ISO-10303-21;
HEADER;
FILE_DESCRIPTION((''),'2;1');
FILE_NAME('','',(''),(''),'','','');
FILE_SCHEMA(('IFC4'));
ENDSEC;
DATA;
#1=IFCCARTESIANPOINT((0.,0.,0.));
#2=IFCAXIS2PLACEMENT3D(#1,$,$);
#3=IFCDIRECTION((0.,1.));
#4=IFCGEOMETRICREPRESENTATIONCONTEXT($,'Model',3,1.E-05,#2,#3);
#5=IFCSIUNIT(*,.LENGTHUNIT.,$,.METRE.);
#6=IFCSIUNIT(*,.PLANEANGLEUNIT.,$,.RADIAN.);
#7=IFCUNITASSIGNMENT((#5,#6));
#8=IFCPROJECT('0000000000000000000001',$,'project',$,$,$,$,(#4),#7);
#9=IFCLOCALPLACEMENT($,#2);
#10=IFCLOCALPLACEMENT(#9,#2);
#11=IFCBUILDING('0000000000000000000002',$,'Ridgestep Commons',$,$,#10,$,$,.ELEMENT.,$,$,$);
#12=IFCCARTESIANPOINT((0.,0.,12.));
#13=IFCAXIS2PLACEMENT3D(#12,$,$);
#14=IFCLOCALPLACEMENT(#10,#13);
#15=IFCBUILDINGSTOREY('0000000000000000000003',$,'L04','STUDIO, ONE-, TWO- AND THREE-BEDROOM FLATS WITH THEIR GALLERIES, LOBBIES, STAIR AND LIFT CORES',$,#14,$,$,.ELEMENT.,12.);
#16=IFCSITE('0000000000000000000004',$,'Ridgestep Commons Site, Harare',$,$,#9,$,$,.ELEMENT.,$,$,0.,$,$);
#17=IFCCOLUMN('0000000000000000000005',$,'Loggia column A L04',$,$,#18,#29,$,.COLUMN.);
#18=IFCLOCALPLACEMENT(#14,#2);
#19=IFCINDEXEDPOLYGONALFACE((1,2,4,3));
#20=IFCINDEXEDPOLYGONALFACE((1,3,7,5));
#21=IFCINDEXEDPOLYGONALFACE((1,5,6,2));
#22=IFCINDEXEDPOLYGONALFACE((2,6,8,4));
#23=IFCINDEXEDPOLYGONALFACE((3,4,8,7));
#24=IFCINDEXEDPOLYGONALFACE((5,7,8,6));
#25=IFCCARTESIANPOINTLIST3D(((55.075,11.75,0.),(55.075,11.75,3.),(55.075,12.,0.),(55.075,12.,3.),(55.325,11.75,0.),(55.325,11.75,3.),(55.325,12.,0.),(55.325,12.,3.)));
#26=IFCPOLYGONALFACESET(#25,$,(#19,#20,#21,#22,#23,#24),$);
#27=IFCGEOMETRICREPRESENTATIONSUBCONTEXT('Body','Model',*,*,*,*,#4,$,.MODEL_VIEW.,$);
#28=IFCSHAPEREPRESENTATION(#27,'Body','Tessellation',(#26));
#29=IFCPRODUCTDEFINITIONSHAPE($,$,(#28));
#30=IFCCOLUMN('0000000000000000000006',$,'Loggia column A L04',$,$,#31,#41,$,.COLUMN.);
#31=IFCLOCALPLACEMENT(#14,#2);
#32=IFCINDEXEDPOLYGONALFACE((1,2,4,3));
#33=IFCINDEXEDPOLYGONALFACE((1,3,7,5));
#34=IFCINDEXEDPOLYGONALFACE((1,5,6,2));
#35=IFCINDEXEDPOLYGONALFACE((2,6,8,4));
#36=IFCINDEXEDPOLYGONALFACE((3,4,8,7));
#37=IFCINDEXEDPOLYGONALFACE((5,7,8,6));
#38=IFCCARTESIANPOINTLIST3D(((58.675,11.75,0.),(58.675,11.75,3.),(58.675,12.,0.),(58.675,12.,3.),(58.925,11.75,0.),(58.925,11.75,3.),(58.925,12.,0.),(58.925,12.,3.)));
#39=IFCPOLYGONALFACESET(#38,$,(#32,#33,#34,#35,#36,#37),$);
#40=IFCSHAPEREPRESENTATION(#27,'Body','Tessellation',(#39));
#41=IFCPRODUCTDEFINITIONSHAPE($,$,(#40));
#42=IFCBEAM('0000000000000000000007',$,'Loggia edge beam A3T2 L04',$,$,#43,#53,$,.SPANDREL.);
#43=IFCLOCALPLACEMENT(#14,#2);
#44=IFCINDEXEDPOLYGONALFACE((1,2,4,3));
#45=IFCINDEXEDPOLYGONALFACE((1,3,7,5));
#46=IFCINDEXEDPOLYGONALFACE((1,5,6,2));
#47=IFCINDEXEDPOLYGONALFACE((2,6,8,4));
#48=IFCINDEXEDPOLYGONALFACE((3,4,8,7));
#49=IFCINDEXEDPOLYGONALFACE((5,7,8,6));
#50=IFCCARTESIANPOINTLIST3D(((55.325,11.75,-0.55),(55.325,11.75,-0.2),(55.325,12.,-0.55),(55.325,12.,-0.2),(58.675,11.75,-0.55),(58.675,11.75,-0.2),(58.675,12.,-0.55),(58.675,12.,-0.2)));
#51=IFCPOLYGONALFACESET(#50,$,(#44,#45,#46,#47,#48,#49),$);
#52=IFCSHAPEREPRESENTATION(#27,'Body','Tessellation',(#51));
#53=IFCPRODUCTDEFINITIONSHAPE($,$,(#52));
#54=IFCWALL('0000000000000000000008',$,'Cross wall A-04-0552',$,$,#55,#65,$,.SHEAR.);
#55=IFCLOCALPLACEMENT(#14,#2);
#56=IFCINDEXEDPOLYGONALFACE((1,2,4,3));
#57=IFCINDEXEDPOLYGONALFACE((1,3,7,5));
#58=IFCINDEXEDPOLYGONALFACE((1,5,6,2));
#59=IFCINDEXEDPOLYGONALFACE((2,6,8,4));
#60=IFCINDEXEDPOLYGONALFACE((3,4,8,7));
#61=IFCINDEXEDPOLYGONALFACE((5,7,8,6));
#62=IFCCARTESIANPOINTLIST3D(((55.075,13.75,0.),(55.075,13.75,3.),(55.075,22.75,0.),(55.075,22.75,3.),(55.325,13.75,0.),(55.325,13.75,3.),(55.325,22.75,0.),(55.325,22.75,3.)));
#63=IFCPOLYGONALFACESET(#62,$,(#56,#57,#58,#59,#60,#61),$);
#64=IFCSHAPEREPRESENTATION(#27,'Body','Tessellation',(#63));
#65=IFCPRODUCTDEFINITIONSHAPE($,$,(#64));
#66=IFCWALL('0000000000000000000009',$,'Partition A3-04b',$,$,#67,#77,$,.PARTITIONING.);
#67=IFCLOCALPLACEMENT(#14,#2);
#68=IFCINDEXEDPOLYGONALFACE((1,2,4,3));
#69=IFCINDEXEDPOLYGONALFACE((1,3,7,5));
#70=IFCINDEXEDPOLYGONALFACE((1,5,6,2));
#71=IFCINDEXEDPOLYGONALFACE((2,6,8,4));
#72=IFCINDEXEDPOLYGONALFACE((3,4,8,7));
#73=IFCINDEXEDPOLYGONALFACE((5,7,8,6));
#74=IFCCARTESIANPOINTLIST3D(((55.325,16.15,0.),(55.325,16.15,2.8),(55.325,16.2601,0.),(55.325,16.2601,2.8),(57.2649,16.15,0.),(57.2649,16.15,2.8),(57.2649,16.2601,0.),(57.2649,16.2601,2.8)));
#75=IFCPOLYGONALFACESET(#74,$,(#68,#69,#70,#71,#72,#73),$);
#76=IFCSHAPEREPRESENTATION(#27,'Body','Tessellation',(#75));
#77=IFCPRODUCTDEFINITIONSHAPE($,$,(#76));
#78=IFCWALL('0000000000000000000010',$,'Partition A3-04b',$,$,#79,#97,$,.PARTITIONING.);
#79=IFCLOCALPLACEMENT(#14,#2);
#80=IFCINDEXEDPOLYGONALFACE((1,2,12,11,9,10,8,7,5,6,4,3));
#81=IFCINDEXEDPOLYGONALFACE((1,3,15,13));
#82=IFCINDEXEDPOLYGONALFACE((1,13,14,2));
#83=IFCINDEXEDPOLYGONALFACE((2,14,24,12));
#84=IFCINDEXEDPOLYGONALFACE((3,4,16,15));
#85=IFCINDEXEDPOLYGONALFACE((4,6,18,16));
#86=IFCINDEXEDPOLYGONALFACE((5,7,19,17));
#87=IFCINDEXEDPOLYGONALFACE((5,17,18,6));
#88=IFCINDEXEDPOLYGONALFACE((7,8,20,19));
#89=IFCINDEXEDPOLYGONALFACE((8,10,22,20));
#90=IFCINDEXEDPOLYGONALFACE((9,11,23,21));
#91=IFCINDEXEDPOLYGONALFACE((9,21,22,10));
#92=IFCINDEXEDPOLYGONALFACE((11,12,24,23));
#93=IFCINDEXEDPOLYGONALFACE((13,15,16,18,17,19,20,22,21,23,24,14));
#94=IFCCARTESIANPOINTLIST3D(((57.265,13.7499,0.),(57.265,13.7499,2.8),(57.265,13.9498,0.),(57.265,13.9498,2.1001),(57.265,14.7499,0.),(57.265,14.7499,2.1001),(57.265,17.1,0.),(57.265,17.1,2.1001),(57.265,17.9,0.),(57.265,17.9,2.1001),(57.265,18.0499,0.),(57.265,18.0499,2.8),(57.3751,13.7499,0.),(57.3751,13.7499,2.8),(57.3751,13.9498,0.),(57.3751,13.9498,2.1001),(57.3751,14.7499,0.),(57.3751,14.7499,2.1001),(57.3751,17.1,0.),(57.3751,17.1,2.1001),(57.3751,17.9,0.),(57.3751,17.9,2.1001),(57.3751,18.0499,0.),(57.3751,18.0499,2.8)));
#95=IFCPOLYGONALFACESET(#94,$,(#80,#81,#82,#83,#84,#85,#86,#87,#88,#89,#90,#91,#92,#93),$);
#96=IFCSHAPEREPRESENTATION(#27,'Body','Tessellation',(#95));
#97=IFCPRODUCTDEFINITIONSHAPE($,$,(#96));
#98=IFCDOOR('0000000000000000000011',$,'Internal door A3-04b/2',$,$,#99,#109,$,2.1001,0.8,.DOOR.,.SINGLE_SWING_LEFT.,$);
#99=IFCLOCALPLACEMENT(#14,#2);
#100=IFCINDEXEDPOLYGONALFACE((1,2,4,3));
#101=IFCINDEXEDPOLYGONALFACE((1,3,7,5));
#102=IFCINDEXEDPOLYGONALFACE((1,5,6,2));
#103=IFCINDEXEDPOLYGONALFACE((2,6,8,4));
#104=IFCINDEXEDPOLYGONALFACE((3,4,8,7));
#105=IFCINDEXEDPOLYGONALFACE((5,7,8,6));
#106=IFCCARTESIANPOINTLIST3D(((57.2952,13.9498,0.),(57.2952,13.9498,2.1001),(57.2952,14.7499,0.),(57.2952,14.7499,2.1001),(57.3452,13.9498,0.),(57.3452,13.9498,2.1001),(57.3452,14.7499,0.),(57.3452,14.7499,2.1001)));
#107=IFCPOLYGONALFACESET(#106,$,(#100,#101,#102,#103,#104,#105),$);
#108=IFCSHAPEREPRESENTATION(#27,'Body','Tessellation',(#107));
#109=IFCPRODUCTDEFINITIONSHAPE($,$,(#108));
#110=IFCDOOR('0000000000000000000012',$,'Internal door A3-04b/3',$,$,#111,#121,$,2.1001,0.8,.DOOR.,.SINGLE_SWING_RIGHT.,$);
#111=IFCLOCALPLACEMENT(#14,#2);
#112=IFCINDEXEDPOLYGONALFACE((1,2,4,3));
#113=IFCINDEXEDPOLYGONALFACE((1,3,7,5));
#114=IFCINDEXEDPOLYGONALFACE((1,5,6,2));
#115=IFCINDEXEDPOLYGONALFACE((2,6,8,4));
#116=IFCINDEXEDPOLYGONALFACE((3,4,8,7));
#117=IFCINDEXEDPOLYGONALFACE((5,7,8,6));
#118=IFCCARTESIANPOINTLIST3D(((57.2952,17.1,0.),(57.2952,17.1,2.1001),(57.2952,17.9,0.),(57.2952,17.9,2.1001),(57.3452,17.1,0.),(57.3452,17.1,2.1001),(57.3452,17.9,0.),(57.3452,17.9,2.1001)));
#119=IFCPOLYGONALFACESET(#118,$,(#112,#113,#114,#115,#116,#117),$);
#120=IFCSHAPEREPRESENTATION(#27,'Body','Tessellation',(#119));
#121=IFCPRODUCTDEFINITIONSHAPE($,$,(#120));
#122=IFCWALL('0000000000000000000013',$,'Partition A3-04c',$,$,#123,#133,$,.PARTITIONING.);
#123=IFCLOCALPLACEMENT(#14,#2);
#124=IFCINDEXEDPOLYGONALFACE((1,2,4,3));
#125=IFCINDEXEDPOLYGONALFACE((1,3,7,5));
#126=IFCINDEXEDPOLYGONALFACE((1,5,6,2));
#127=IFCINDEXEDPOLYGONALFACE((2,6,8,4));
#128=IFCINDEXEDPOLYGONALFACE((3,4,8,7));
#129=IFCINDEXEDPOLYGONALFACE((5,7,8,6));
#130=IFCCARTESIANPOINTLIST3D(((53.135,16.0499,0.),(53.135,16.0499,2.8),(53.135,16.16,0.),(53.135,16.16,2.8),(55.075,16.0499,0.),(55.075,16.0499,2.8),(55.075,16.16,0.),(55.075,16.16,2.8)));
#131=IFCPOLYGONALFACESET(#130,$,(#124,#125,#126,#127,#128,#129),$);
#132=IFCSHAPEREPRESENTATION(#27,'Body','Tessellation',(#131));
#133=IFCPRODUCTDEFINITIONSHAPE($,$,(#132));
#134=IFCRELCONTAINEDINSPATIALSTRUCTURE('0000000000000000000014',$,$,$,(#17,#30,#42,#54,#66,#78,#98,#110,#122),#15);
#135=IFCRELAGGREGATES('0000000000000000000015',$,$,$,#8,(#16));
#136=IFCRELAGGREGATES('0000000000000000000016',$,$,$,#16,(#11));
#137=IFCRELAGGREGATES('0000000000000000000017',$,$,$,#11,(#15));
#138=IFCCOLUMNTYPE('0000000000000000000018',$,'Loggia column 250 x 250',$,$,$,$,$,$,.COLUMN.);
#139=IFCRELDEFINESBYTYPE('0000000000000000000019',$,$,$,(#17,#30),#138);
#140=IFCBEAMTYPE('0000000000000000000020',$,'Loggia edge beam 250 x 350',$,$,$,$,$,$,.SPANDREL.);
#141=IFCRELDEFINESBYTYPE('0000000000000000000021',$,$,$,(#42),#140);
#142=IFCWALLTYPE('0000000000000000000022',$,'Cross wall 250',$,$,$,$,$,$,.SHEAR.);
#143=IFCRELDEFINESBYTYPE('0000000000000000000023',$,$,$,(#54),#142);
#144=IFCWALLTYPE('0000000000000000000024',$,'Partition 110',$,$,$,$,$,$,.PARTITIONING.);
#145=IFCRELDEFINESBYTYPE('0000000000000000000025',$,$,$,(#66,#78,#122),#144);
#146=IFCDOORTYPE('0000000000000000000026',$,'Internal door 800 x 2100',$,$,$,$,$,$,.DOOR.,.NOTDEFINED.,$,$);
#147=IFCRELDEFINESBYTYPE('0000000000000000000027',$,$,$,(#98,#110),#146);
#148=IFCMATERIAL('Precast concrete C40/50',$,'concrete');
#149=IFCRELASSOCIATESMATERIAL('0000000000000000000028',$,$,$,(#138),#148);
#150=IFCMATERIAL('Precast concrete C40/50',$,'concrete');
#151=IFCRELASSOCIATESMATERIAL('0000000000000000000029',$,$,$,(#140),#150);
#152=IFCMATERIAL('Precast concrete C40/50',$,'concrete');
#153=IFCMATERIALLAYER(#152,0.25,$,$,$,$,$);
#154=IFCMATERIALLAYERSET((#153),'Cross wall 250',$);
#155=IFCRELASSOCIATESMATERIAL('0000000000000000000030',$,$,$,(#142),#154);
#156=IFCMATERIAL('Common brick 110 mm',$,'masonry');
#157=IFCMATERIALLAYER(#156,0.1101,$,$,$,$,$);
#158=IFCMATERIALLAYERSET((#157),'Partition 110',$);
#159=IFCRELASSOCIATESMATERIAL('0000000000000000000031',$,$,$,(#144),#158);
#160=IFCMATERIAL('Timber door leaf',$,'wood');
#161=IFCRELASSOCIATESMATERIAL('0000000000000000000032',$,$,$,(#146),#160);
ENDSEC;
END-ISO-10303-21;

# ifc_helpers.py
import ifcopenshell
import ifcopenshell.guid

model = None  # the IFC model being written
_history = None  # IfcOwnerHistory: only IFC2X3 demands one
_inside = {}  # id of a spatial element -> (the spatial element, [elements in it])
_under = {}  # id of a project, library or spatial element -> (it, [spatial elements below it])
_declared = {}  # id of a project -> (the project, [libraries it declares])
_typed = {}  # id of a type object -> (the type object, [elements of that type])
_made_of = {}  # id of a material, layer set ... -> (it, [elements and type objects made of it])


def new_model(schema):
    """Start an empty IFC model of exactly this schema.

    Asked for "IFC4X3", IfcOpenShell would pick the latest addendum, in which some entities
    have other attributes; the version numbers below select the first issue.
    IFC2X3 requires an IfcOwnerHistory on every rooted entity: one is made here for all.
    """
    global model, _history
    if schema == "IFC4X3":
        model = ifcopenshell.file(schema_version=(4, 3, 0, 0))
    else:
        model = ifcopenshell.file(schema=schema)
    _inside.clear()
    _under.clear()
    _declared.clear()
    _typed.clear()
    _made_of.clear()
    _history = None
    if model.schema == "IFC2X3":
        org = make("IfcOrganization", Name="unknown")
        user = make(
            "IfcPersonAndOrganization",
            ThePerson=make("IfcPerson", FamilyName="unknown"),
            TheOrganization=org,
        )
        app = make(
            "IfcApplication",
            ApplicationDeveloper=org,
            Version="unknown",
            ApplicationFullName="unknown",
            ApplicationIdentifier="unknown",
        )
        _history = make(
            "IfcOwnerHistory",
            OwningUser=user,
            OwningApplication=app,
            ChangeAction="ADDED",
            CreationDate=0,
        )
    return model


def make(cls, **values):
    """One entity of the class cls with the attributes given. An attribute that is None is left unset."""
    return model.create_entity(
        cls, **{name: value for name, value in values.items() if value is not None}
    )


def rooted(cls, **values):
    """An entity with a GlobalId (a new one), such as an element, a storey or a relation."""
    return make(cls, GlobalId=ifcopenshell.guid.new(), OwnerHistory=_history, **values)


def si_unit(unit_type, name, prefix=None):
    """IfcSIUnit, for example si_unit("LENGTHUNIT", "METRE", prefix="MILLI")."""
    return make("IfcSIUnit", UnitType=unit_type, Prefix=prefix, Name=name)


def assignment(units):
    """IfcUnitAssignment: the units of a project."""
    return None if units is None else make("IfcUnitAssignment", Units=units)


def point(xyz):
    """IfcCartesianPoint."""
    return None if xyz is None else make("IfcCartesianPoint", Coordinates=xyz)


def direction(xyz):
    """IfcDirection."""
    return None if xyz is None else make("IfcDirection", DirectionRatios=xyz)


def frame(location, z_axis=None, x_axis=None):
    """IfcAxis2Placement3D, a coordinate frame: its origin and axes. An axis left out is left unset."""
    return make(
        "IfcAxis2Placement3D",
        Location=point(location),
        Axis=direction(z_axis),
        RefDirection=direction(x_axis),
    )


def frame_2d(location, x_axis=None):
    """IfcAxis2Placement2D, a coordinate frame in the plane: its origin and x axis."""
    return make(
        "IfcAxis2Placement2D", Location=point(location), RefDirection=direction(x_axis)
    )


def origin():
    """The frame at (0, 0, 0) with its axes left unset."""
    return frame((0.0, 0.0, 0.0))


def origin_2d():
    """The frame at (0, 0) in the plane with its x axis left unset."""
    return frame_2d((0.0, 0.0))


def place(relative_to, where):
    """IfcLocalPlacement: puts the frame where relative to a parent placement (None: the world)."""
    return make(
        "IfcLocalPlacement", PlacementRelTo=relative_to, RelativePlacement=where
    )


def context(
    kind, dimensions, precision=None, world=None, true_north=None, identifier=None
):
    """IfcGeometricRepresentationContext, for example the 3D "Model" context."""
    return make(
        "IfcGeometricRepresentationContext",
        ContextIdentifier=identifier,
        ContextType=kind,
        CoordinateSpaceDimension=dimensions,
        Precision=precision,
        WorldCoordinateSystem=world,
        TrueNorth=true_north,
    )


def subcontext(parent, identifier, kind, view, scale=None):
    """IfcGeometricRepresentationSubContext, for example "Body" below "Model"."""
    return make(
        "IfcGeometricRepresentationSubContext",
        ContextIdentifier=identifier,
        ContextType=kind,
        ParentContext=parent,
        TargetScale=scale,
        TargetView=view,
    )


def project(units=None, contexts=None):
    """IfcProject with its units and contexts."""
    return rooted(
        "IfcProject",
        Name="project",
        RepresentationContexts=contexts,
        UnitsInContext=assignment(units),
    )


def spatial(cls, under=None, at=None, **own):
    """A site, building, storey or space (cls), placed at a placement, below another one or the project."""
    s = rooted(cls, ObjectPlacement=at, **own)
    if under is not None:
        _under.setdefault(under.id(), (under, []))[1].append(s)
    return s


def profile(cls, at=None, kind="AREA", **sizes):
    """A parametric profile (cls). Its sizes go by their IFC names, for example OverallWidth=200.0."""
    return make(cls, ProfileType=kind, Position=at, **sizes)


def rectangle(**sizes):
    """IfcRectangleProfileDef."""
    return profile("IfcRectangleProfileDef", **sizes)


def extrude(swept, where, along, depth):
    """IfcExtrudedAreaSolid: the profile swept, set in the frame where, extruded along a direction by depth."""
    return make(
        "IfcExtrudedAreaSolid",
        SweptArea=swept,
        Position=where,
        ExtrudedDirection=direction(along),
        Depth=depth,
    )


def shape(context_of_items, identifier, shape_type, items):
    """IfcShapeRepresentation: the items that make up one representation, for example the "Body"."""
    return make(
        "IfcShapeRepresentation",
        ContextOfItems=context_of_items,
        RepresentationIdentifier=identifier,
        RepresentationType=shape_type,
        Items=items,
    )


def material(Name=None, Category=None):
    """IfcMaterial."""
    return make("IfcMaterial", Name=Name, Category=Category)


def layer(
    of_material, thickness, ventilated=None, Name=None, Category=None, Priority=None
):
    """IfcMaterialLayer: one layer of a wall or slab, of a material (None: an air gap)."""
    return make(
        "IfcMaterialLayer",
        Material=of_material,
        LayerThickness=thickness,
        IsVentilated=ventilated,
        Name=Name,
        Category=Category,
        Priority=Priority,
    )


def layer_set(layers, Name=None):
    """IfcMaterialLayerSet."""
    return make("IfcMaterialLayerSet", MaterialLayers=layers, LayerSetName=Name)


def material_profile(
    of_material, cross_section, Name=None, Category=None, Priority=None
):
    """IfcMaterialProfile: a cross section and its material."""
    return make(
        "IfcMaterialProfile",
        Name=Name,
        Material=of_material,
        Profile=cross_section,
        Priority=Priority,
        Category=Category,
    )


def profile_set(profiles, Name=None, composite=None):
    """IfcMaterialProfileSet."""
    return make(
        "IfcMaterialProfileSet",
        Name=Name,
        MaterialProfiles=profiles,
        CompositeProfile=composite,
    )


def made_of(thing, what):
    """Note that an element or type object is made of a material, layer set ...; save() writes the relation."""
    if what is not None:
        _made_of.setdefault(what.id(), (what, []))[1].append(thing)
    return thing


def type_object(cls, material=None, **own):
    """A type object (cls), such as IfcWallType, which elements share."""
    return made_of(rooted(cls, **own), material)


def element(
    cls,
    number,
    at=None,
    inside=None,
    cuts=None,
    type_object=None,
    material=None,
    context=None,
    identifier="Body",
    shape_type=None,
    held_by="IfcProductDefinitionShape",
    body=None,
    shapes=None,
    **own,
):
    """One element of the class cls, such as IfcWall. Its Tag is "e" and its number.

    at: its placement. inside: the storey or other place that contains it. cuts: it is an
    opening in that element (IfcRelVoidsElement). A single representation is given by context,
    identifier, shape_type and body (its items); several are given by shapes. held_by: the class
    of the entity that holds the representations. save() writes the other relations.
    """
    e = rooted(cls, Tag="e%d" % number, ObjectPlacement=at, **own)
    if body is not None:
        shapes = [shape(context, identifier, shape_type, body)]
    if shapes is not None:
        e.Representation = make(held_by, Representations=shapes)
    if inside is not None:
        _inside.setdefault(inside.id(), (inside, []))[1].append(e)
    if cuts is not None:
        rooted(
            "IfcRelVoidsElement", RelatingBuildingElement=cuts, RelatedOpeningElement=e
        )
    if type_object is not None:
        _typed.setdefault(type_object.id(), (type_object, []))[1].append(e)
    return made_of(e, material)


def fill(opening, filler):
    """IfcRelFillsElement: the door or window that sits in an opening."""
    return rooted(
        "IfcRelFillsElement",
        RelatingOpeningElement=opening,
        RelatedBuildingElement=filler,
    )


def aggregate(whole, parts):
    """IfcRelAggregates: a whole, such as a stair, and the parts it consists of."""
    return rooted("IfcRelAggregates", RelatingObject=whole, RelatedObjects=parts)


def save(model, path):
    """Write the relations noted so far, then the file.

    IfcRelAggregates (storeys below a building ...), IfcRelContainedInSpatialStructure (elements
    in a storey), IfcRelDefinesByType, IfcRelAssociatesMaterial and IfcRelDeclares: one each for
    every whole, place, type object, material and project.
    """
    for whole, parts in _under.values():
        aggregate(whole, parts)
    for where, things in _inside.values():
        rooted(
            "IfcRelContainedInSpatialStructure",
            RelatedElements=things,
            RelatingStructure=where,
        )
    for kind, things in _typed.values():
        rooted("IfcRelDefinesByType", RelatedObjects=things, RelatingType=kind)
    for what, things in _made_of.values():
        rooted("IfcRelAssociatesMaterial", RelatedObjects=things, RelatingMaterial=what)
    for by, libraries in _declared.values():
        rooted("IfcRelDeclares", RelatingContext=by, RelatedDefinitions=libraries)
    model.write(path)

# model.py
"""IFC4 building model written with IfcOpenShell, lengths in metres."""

from ifc_helpers import new_model, si_unit, direction, frame, frame_2d, origin, origin_2d, place, context, subcontext, project, spatial, rectangle, extrude, material, layer, layer_set, material_profile, profile_set, type_object, element, fill, save


model = new_model("IFC4")

# Units and contexts
model_context = context("Model", 3, precision=1e-05, world=origin(), true_north=direction((0.0, 1.0)))
body_context = subcontext(model_context, "Body", "Model", "MODEL_VIEW")
ifc_project = project(units=[si_unit("LENGTHUNIT", "METRE"), si_unit("PLANEANGLEUNIT", "RADIAN")], contexts=[model_context])

# Site, building, storey
site_placement = place(None, origin())
site = spatial("IfcSite", under=ifc_project, at=site_placement, Name="Ridgestep Commons Site, Harare", CompositionType="ELEMENT", RefElevation=0.0)
building_placement = place(site_placement, origin())
building = spatial("IfcBuilding", under=site, at=building_placement, Name="Ridgestep Commons", CompositionType="ELEMENT")
storey_placement = place(building_placement, frame((0.0, 0.0, 12.0)))
storey = spatial("IfcBuildingStorey", under=building, at=storey_placement, Name="L04", Description="STUDIO, ONE-, TWO- AND THREE-BEDROOM FLATS WITH THEIR GALLERIES, LOBBIES, STAIR AND LIFT CORES", CompositionType="ELEMENT", Elevation=12.0)

# Columns
ifc_material_1 = material(Name="Precast concrete C40/50", Category="concrete")
ifc_material_profile_1 = material_profile(ifc_material_1, rectangle(XDim=0.25, YDim=0.25, at=origin_2d()), Name="PC 250x250")
ifc_profile_set_1 = profile_set([ifc_material_profile_1], Name="Precast concrete C40/50")
column_type = type_object("IfcColumnType", Name="Loggia column 250 x 250", PredefinedType="COLUMN", material=ifc_profile_set_1)
for number, where, z_axis, x_axis, name in (
    (1, (55.2, 11.875, 0.0), (0.0, 0.0, 1.0), (1.0, 0.0, 0.0), "Loggia column A L04"),
    (2, (58.8, 11.875, 0.0), (0.0, 0.0, 1.0), (1.0, 0.0, 0.0), "Loggia column A L04"),
):
    element("IfcColumn", number, at=place(storey_placement, frame(where, z_axis=z_axis, x_axis=x_axis)), inside=storey, type_object=column_type, Name=name, PredefinedType="COLUMN", context=body_context, shape_type="SweptSolid", body=[
        extrude(rectangle(XDim=0.25, YDim=0.25, at=origin_2d()), origin(), (0.0, 0.0, 1.0), 3.0),
    ])

# Beam
ifc_material_2 = material(Name="Precast concrete C40/50", Category="concrete")
ifc_material_profile_2 = material_profile(ifc_material_2, rectangle(XDim=0.25, YDim=0.3501, at=origin_2d()), Name="PC 250x350")
ifc_profile_set_2 = profile_set([ifc_material_profile_2], Name="Precast concrete C40/50")
beam_type = type_object("IfcBeamType", Name="Loggia edge beam 250 x 350", PredefinedType="SPANDREL", material=ifc_profile_set_2)
beam_placement = place(storey_placement, frame((55.325, 11.875, -0.375), z_axis=(1.0, 0.0, 0.0), x_axis=(0.0, 1.0, 0.0)))
element("IfcBeam", 3, at=beam_placement, inside=storey, type_object=beam_type, Name="Loggia edge beam A3T2 L04", PredefinedType="SPANDREL", context=body_context, shape_type="SweptSolid", body=[
    extrude(rectangle(XDim=0.25, YDim=0.3501, at=origin_2d()), origin(), (0.0, 0.0, 1.0), 3.3501),
])

# Walls
ifc_material_3 = material(Name="Precast concrete C40/50", Category="concrete")
ifc_layer_1 = layer(ifc_material_3, 0.25)
ifc_layer_set_1 = layer_set([ifc_layer_1], Name="Cross wall 250")
wall_type_1 = type_object("IfcWallType", Name="Cross wall 250", PredefinedType="SHEAR", material=ifc_layer_set_1)
wall_1_placement = place(storey_placement, frame((55.2, 13.75, 0.0), z_axis=(0.0, 0.0, 1.0), x_axis=(0.0, 1.0, 0.0)))
element("IfcWall", 4, at=wall_1_placement, inside=storey, type_object=wall_type_1, Name="Cross wall A-04-0552", PredefinedType="SHEAR", context=body_context, shape_type="SweptSolid", body=[
    extrude(rectangle(XDim=9.0, YDim=0.25, at=frame_2d((4.5, 0.0))), origin(), (0.0, 0.0, 1.0), 3.0),
])
ifc_material_4 = material(Name="Common brick 110 mm", Category="masonry")
ifc_layer_2 = layer(ifc_material_4, 0.1101)
ifc_layer_set_2 = layer_set([ifc_layer_2], Name="Partition 110")
wall_type_2 = type_object("IfcWallType", Name="Partition 110", PredefinedType="PARTITIONING", material=ifc_layer_set_2)
wall_2_placement = place(storey_placement, frame((55.325, 16.2051, 0.0), z_axis=(0.0, 0.0, 1.0), x_axis=(1.0, 0.0, 0.0)))
element("IfcWall", 5, at=wall_2_placement, inside=storey, type_object=wall_type_2, Name="Partition A3-04b", PredefinedType="PARTITIONING", context=body_context, shape_type="SweptSolid", body=[
    extrude(rectangle(XDim=1.9399, YDim=0.1101, at=frame_2d((0.97, 0.0))), origin(), (0.0, 0.0, 1.0), 2.8),
])

# Wall, openings, doors
wall_3_placement = place(storey_placement, frame((57.3201, 13.75, 0.0), z_axis=(0.0, 0.0, 1.0), x_axis=(0.0, 1.0, 0.0)))
wall_3 = element("IfcWall", 6, at=wall_3_placement, inside=storey, type_object=wall_type_2, Name="Partition A3-04b", PredefinedType="PARTITIONING", context=body_context, shape_type="SweptSolid", body=[
    extrude(rectangle(XDim=4.3, YDim=0.1101, at=frame_2d((2.1499, 0.0))), origin(), (0.0, 0.0, 1.0), 2.8),
])
opening_1_placement = place(wall_3_placement, frame((0.2, 0.0, 0.0)))
opening_1 = element("IfcOpeningElement", 7, at=opening_1_placement, cuts=wall_3, PredefinedType="OPENING", context=body_context, shape_type="SweptSolid", body=[
    extrude(rectangle(XDim=0.8, YDim=2.1001, at=frame_2d((0.3999, 1.05))), frame((0.0, 0.0649, 0.0), z_axis=(0.0, -1.0, 0.0), x_axis=(1.0, 0.0, 0.0)), (0.0, 0.0, 1.0), 0.1301),
])
opening_2_placement = place(wall_3_placement, frame((3.3501, 0.0, 0.0)))
opening_2 = element("IfcOpeningElement", 8, at=opening_2_placement, cuts=wall_3, PredefinedType="OPENING", context=body_context, shape_type="SweptSolid", body=[
    extrude(rectangle(XDim=0.8, YDim=2.1001, at=frame_2d((0.3999, 1.05))), frame((0.0, 0.0649, 0.0), z_axis=(0.0, -1.0, 0.0), x_axis=(1.0, 0.0, 0.0)), (0.0, 0.0, 1.0), 0.1301),
])
ifc_material_5 = material(Name="Timber door leaf", Category="wood")
door_type_1 = type_object("IfcDoorType", Name="Internal door 800 x 2100", OperationType="NOTDEFINED", PredefinedType="DOOR", material=ifc_material_5)
door_1_placement = place(opening_1_placement, origin())
door_1 = element("IfcDoor", 9, at=door_1_placement, inside=storey, type_object=door_type_1, Name="Internal door A3-04b/2", OperationType="SINGLE_SWING_LEFT", OverallHeight=2.1001, OverallWidth=0.8, PredefinedType="DOOR", context=body_context, shape_type="SweptSolid", body=[
    extrude(rectangle(XDim=0.8, YDim=2.1001, at=frame_2d((0.3999, 1.05))), frame((0.0, 0.0249, 0.0), z_axis=(0.0, -1.0, 0.0), x_axis=(1.0, 0.0, 0.0)), (0.0, 0.0, 1.0), 0.05),
])
fill(opening_1, door_1)
door_2_placement = place(opening_2_placement, origin())
door_2 = element("IfcDoor", 10, at=door_2_placement, inside=storey, type_object=door_type_1, Name="Internal door A3-04b/3", OperationType="SINGLE_SWING_RIGHT", OverallHeight=2.1001, OverallWidth=0.8, PredefinedType="DOOR", context=body_context, shape_type="SweptSolid", body=[
    extrude(rectangle(XDim=0.8, YDim=2.1001, at=frame_2d((0.3999, 1.05))), frame((0.0, 0.0249, 0.0), z_axis=(0.0, -1.0, 0.0), x_axis=(1.0, 0.0, 0.0)), (0.0, 0.0, 1.0), 0.05),
])
fill(opening_2, door_2)

# Wall
wall_4_placement = place(storey_placement, frame((53.135, 16.105, 0.0), z_axis=(0.0, 0.0, 1.0), x_axis=(1.0, 0.0, 0.0)))
element("IfcWall", 11, at=wall_4_placement, inside=storey, type_object=wall_type_2, Name="Partition A3-04c", PredefinedType="PARTITIONING", context=body_context, shape_type="SweptSolid", body=[
    extrude(rectangle(XDim=1.9399, YDim=0.1101, at=frame_2d((0.97, 0.0))), origin(), (0.0, 0.0, 1.0), 2.8),
])

save(model, "model.ifc")
